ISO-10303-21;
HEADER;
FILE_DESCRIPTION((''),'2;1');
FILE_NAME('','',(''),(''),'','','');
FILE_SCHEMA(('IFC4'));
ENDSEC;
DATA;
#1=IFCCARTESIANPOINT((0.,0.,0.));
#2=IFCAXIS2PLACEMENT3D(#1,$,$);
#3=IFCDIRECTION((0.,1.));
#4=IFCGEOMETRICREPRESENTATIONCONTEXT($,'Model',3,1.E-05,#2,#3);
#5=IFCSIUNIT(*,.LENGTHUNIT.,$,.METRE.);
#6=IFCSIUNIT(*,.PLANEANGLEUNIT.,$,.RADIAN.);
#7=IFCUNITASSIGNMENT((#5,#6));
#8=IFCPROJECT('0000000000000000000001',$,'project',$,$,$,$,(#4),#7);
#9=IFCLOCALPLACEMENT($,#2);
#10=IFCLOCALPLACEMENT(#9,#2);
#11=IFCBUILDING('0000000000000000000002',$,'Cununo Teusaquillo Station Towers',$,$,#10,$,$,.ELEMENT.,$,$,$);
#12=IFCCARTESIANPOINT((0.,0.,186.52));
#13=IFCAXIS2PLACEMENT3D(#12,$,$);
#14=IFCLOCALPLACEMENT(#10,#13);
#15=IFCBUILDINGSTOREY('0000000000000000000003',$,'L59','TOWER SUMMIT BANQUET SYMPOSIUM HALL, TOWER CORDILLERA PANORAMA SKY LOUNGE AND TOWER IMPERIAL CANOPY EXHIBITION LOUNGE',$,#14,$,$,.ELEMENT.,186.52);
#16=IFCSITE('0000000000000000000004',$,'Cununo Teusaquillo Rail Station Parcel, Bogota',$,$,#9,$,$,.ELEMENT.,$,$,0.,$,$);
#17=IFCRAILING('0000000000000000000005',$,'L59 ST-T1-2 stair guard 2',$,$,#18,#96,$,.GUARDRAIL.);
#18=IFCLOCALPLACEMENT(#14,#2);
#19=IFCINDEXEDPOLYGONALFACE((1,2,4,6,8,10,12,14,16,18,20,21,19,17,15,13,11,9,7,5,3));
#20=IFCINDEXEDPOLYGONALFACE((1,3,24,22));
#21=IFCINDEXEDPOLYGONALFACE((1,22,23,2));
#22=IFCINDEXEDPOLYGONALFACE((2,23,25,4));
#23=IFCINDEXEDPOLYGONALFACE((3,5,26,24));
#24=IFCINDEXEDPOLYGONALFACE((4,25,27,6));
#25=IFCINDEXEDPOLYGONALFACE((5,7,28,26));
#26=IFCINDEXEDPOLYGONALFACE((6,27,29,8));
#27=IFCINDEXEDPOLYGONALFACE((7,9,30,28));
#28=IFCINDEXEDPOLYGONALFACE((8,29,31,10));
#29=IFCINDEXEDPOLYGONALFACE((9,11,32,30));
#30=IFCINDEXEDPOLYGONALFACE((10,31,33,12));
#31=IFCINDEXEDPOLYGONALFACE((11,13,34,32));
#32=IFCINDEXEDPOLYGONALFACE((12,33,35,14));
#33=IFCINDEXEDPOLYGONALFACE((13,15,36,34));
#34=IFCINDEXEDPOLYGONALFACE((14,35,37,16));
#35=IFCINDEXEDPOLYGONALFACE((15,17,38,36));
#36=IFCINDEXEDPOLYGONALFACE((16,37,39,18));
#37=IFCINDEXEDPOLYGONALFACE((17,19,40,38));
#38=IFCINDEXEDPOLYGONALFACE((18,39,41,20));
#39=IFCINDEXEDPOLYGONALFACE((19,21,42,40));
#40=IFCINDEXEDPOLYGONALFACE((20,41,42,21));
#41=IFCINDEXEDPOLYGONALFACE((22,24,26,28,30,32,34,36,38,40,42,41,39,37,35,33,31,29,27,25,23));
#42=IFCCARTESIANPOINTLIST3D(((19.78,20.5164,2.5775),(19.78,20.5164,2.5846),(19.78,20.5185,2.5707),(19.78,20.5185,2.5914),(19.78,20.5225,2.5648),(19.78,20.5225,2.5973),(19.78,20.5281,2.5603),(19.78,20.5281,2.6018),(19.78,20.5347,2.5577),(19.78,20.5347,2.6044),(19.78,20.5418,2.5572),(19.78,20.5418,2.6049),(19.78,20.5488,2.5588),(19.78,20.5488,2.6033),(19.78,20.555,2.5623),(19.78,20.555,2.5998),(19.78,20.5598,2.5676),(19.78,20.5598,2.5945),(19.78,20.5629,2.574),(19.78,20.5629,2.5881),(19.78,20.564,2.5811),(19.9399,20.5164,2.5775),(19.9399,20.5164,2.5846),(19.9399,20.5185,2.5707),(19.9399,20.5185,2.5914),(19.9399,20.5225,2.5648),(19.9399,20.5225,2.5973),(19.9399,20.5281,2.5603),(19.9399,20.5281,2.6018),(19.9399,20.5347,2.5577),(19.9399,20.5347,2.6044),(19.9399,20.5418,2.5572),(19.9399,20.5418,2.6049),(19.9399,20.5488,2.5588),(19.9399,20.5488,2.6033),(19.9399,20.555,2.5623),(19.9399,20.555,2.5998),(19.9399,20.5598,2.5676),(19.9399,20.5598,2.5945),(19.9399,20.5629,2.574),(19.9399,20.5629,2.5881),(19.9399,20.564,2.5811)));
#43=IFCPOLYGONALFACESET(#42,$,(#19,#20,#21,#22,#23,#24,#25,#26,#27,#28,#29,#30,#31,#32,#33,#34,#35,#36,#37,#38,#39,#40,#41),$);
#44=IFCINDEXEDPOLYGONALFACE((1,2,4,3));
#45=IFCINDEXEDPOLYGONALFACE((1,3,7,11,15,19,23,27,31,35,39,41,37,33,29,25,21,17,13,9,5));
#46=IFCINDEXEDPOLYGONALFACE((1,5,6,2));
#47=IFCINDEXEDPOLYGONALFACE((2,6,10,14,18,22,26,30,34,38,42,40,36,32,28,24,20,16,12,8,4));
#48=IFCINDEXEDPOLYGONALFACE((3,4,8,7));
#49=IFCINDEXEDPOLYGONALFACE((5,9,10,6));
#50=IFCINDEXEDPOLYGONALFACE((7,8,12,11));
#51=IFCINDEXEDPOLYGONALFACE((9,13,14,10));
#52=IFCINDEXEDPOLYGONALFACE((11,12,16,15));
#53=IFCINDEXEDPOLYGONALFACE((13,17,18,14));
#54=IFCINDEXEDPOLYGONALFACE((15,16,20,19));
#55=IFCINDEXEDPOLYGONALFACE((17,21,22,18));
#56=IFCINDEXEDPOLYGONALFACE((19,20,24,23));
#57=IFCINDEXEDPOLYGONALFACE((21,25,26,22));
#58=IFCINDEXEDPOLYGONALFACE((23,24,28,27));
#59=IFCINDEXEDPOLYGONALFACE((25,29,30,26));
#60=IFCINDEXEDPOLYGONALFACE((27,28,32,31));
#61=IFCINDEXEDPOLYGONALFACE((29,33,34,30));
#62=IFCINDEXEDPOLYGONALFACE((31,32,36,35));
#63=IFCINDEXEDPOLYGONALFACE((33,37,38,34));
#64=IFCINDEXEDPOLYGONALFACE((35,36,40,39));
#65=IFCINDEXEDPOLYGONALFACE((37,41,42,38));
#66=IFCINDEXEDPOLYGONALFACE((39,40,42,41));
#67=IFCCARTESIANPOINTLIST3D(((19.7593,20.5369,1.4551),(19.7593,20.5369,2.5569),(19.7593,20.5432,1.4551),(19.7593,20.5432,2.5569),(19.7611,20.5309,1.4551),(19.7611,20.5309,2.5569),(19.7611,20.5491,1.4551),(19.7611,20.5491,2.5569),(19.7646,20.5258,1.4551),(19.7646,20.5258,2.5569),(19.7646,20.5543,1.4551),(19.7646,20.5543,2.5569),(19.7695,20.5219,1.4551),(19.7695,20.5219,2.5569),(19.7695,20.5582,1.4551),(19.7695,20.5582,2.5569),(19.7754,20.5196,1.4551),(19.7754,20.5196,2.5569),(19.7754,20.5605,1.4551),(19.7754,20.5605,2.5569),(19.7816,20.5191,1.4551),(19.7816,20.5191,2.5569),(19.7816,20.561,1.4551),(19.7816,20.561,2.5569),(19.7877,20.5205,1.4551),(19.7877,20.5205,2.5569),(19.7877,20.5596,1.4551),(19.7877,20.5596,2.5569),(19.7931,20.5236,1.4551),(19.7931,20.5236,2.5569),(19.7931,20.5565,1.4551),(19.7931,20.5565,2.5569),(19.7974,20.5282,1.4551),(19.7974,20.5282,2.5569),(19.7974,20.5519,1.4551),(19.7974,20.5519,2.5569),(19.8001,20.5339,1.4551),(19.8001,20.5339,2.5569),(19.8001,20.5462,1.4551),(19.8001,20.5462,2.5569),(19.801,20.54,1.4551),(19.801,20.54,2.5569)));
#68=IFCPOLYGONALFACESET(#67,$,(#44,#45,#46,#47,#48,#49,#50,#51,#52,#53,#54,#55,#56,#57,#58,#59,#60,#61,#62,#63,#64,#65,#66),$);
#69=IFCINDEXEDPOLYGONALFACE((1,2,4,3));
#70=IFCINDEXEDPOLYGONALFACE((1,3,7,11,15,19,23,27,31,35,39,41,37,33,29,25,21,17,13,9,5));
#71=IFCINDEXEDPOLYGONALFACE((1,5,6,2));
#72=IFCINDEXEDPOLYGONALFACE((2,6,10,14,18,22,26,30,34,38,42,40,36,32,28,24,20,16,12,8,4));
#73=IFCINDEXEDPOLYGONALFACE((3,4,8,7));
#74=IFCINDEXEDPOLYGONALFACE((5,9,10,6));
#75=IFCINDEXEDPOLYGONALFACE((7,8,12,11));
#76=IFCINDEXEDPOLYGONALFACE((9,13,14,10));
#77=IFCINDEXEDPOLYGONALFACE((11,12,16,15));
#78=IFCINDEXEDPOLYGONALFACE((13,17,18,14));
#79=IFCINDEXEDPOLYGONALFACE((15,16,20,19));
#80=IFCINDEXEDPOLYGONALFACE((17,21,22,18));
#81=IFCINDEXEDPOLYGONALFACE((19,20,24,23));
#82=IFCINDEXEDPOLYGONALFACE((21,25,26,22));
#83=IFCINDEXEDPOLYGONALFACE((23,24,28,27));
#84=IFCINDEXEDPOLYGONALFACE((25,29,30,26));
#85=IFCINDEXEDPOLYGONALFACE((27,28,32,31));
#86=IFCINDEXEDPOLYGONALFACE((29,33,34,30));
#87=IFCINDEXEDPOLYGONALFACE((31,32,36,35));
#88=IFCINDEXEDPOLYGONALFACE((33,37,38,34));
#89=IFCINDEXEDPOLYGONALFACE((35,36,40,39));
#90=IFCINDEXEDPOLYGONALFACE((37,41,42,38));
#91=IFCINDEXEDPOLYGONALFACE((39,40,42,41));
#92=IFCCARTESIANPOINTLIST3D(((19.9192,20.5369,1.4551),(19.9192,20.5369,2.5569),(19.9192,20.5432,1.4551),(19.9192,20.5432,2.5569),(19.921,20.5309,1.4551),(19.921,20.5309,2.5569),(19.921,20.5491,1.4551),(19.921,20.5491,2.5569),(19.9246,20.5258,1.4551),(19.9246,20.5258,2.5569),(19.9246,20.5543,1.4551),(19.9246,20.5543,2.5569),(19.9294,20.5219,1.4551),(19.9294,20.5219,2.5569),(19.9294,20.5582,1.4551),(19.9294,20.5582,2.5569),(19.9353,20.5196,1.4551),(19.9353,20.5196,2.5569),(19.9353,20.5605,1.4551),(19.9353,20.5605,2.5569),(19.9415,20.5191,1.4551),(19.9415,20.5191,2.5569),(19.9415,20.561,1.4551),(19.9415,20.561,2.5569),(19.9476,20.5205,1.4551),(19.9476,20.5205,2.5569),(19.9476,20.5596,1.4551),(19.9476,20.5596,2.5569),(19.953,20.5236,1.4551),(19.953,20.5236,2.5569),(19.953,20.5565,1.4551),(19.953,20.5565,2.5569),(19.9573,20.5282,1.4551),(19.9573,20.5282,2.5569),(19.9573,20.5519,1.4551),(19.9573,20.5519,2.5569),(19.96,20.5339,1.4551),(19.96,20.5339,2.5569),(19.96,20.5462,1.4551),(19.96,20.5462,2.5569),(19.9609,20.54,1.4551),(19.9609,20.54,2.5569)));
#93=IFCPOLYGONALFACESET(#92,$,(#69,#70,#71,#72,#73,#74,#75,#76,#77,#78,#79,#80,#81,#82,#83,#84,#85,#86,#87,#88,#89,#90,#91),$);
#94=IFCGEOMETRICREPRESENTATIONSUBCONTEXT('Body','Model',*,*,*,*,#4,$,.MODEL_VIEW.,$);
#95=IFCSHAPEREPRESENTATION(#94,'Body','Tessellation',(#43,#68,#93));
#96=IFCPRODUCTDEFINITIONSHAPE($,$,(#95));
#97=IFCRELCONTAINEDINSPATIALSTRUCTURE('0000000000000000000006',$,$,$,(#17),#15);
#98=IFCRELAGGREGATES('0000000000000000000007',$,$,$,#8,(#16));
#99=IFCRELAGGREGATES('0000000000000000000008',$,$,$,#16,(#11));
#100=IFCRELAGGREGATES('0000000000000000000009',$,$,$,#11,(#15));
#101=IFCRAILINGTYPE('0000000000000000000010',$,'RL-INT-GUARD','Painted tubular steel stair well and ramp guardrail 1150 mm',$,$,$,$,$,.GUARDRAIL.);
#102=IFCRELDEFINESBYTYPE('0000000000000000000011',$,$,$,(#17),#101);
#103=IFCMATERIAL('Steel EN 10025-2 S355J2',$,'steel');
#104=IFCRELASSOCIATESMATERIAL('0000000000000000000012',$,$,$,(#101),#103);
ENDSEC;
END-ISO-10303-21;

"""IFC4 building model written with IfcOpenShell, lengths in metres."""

from ifc_helpers import new_model, si_unit, direction, frame, origin, origin_2d, place, context, subcontext, project, spatial, circle, extrude, material, type_object, element, save


model = new_model("IFC4")

# Units and contexts
model_context = context("Model", 3, precision=1e-05, world=origin(), true_north=direction((0.0, 1.0)))
body_context = subcontext(model_context, "Body", "Model", "MODEL_VIEW")
ifc_project = project(units=[si_unit("LENGTHUNIT", "METRE"), si_unit("PLANEANGLEUNIT", "RADIAN")], contexts=[model_context])

# Site, building, storey
site_placement = place(None, origin())
site = spatial("IfcSite", under=ifc_project, at=site_placement, Name="Cununo Teusaquillo Rail Station Parcel, Bogota", CompositionType="ELEMENT", RefElevation=0.0)
building_placement = place(site_placement, origin())
building = spatial("IfcBuilding", under=site, at=building_placement, Name="Cununo Teusaquillo Station Towers", CompositionType="ELEMENT")
storey_placement = place(building_placement, frame((0.0, 0.0, 186.52)))
storey = spatial("IfcBuildingStorey", under=building, at=storey_placement, Name="L59", Description="TOWER SUMMIT BANQUET SYMPOSIUM HALL, TOWER CORDILLERA PANORAMA SKY LOUNGE AND TOWER IMPERIAL CANOPY EXHIBITION LOUNGE", CompositionType="ELEMENT", Elevation=186.52)

# Railing
ifc_material_1 = material(Name="Steel EN 10025-2 S355J2", Category="steel")
railing_type_1 = type_object("IfcRailingType", Name="RL-INT-GUARD", Description="Painted tubular steel stair well and ramp guardrail 1150 mm", PredefinedType="GUARDRAIL", material=ifc_material_1)
railing_1_placement = place(storey_placement, frame((19.78, 20.54, 1.4551)))
element("IfcRailing", 1, at=railing_1_placement, inside=storey, type_object=railing_type_1, Name="L59 ST-T1-2 stair guard 2", PredefinedType="GUARDRAIL", context=body_context, shape_type="SweptSolid", body=[
    extrude(circle(Radius=0.0239, at=origin_2d()), frame((0.0, 0.0, 1.126), z_axis=(1.0, 0.0, 0.0), x_axis=(0.0, 1.0, 0.0)), (0.0, 0.0, 1.0), 0.1599),
    extrude(circle(Radius=0.021, at=origin_2d()), origin(), (0.0, 0.0, 1.0), 1.1018),
    extrude(circle(Radius=0.021, at=origin_2d()), frame((0.1599, 0.0, 0.0)), (0.0, 0.0, 1.0), 1.1018),
])

save(model, "model.ifc")
